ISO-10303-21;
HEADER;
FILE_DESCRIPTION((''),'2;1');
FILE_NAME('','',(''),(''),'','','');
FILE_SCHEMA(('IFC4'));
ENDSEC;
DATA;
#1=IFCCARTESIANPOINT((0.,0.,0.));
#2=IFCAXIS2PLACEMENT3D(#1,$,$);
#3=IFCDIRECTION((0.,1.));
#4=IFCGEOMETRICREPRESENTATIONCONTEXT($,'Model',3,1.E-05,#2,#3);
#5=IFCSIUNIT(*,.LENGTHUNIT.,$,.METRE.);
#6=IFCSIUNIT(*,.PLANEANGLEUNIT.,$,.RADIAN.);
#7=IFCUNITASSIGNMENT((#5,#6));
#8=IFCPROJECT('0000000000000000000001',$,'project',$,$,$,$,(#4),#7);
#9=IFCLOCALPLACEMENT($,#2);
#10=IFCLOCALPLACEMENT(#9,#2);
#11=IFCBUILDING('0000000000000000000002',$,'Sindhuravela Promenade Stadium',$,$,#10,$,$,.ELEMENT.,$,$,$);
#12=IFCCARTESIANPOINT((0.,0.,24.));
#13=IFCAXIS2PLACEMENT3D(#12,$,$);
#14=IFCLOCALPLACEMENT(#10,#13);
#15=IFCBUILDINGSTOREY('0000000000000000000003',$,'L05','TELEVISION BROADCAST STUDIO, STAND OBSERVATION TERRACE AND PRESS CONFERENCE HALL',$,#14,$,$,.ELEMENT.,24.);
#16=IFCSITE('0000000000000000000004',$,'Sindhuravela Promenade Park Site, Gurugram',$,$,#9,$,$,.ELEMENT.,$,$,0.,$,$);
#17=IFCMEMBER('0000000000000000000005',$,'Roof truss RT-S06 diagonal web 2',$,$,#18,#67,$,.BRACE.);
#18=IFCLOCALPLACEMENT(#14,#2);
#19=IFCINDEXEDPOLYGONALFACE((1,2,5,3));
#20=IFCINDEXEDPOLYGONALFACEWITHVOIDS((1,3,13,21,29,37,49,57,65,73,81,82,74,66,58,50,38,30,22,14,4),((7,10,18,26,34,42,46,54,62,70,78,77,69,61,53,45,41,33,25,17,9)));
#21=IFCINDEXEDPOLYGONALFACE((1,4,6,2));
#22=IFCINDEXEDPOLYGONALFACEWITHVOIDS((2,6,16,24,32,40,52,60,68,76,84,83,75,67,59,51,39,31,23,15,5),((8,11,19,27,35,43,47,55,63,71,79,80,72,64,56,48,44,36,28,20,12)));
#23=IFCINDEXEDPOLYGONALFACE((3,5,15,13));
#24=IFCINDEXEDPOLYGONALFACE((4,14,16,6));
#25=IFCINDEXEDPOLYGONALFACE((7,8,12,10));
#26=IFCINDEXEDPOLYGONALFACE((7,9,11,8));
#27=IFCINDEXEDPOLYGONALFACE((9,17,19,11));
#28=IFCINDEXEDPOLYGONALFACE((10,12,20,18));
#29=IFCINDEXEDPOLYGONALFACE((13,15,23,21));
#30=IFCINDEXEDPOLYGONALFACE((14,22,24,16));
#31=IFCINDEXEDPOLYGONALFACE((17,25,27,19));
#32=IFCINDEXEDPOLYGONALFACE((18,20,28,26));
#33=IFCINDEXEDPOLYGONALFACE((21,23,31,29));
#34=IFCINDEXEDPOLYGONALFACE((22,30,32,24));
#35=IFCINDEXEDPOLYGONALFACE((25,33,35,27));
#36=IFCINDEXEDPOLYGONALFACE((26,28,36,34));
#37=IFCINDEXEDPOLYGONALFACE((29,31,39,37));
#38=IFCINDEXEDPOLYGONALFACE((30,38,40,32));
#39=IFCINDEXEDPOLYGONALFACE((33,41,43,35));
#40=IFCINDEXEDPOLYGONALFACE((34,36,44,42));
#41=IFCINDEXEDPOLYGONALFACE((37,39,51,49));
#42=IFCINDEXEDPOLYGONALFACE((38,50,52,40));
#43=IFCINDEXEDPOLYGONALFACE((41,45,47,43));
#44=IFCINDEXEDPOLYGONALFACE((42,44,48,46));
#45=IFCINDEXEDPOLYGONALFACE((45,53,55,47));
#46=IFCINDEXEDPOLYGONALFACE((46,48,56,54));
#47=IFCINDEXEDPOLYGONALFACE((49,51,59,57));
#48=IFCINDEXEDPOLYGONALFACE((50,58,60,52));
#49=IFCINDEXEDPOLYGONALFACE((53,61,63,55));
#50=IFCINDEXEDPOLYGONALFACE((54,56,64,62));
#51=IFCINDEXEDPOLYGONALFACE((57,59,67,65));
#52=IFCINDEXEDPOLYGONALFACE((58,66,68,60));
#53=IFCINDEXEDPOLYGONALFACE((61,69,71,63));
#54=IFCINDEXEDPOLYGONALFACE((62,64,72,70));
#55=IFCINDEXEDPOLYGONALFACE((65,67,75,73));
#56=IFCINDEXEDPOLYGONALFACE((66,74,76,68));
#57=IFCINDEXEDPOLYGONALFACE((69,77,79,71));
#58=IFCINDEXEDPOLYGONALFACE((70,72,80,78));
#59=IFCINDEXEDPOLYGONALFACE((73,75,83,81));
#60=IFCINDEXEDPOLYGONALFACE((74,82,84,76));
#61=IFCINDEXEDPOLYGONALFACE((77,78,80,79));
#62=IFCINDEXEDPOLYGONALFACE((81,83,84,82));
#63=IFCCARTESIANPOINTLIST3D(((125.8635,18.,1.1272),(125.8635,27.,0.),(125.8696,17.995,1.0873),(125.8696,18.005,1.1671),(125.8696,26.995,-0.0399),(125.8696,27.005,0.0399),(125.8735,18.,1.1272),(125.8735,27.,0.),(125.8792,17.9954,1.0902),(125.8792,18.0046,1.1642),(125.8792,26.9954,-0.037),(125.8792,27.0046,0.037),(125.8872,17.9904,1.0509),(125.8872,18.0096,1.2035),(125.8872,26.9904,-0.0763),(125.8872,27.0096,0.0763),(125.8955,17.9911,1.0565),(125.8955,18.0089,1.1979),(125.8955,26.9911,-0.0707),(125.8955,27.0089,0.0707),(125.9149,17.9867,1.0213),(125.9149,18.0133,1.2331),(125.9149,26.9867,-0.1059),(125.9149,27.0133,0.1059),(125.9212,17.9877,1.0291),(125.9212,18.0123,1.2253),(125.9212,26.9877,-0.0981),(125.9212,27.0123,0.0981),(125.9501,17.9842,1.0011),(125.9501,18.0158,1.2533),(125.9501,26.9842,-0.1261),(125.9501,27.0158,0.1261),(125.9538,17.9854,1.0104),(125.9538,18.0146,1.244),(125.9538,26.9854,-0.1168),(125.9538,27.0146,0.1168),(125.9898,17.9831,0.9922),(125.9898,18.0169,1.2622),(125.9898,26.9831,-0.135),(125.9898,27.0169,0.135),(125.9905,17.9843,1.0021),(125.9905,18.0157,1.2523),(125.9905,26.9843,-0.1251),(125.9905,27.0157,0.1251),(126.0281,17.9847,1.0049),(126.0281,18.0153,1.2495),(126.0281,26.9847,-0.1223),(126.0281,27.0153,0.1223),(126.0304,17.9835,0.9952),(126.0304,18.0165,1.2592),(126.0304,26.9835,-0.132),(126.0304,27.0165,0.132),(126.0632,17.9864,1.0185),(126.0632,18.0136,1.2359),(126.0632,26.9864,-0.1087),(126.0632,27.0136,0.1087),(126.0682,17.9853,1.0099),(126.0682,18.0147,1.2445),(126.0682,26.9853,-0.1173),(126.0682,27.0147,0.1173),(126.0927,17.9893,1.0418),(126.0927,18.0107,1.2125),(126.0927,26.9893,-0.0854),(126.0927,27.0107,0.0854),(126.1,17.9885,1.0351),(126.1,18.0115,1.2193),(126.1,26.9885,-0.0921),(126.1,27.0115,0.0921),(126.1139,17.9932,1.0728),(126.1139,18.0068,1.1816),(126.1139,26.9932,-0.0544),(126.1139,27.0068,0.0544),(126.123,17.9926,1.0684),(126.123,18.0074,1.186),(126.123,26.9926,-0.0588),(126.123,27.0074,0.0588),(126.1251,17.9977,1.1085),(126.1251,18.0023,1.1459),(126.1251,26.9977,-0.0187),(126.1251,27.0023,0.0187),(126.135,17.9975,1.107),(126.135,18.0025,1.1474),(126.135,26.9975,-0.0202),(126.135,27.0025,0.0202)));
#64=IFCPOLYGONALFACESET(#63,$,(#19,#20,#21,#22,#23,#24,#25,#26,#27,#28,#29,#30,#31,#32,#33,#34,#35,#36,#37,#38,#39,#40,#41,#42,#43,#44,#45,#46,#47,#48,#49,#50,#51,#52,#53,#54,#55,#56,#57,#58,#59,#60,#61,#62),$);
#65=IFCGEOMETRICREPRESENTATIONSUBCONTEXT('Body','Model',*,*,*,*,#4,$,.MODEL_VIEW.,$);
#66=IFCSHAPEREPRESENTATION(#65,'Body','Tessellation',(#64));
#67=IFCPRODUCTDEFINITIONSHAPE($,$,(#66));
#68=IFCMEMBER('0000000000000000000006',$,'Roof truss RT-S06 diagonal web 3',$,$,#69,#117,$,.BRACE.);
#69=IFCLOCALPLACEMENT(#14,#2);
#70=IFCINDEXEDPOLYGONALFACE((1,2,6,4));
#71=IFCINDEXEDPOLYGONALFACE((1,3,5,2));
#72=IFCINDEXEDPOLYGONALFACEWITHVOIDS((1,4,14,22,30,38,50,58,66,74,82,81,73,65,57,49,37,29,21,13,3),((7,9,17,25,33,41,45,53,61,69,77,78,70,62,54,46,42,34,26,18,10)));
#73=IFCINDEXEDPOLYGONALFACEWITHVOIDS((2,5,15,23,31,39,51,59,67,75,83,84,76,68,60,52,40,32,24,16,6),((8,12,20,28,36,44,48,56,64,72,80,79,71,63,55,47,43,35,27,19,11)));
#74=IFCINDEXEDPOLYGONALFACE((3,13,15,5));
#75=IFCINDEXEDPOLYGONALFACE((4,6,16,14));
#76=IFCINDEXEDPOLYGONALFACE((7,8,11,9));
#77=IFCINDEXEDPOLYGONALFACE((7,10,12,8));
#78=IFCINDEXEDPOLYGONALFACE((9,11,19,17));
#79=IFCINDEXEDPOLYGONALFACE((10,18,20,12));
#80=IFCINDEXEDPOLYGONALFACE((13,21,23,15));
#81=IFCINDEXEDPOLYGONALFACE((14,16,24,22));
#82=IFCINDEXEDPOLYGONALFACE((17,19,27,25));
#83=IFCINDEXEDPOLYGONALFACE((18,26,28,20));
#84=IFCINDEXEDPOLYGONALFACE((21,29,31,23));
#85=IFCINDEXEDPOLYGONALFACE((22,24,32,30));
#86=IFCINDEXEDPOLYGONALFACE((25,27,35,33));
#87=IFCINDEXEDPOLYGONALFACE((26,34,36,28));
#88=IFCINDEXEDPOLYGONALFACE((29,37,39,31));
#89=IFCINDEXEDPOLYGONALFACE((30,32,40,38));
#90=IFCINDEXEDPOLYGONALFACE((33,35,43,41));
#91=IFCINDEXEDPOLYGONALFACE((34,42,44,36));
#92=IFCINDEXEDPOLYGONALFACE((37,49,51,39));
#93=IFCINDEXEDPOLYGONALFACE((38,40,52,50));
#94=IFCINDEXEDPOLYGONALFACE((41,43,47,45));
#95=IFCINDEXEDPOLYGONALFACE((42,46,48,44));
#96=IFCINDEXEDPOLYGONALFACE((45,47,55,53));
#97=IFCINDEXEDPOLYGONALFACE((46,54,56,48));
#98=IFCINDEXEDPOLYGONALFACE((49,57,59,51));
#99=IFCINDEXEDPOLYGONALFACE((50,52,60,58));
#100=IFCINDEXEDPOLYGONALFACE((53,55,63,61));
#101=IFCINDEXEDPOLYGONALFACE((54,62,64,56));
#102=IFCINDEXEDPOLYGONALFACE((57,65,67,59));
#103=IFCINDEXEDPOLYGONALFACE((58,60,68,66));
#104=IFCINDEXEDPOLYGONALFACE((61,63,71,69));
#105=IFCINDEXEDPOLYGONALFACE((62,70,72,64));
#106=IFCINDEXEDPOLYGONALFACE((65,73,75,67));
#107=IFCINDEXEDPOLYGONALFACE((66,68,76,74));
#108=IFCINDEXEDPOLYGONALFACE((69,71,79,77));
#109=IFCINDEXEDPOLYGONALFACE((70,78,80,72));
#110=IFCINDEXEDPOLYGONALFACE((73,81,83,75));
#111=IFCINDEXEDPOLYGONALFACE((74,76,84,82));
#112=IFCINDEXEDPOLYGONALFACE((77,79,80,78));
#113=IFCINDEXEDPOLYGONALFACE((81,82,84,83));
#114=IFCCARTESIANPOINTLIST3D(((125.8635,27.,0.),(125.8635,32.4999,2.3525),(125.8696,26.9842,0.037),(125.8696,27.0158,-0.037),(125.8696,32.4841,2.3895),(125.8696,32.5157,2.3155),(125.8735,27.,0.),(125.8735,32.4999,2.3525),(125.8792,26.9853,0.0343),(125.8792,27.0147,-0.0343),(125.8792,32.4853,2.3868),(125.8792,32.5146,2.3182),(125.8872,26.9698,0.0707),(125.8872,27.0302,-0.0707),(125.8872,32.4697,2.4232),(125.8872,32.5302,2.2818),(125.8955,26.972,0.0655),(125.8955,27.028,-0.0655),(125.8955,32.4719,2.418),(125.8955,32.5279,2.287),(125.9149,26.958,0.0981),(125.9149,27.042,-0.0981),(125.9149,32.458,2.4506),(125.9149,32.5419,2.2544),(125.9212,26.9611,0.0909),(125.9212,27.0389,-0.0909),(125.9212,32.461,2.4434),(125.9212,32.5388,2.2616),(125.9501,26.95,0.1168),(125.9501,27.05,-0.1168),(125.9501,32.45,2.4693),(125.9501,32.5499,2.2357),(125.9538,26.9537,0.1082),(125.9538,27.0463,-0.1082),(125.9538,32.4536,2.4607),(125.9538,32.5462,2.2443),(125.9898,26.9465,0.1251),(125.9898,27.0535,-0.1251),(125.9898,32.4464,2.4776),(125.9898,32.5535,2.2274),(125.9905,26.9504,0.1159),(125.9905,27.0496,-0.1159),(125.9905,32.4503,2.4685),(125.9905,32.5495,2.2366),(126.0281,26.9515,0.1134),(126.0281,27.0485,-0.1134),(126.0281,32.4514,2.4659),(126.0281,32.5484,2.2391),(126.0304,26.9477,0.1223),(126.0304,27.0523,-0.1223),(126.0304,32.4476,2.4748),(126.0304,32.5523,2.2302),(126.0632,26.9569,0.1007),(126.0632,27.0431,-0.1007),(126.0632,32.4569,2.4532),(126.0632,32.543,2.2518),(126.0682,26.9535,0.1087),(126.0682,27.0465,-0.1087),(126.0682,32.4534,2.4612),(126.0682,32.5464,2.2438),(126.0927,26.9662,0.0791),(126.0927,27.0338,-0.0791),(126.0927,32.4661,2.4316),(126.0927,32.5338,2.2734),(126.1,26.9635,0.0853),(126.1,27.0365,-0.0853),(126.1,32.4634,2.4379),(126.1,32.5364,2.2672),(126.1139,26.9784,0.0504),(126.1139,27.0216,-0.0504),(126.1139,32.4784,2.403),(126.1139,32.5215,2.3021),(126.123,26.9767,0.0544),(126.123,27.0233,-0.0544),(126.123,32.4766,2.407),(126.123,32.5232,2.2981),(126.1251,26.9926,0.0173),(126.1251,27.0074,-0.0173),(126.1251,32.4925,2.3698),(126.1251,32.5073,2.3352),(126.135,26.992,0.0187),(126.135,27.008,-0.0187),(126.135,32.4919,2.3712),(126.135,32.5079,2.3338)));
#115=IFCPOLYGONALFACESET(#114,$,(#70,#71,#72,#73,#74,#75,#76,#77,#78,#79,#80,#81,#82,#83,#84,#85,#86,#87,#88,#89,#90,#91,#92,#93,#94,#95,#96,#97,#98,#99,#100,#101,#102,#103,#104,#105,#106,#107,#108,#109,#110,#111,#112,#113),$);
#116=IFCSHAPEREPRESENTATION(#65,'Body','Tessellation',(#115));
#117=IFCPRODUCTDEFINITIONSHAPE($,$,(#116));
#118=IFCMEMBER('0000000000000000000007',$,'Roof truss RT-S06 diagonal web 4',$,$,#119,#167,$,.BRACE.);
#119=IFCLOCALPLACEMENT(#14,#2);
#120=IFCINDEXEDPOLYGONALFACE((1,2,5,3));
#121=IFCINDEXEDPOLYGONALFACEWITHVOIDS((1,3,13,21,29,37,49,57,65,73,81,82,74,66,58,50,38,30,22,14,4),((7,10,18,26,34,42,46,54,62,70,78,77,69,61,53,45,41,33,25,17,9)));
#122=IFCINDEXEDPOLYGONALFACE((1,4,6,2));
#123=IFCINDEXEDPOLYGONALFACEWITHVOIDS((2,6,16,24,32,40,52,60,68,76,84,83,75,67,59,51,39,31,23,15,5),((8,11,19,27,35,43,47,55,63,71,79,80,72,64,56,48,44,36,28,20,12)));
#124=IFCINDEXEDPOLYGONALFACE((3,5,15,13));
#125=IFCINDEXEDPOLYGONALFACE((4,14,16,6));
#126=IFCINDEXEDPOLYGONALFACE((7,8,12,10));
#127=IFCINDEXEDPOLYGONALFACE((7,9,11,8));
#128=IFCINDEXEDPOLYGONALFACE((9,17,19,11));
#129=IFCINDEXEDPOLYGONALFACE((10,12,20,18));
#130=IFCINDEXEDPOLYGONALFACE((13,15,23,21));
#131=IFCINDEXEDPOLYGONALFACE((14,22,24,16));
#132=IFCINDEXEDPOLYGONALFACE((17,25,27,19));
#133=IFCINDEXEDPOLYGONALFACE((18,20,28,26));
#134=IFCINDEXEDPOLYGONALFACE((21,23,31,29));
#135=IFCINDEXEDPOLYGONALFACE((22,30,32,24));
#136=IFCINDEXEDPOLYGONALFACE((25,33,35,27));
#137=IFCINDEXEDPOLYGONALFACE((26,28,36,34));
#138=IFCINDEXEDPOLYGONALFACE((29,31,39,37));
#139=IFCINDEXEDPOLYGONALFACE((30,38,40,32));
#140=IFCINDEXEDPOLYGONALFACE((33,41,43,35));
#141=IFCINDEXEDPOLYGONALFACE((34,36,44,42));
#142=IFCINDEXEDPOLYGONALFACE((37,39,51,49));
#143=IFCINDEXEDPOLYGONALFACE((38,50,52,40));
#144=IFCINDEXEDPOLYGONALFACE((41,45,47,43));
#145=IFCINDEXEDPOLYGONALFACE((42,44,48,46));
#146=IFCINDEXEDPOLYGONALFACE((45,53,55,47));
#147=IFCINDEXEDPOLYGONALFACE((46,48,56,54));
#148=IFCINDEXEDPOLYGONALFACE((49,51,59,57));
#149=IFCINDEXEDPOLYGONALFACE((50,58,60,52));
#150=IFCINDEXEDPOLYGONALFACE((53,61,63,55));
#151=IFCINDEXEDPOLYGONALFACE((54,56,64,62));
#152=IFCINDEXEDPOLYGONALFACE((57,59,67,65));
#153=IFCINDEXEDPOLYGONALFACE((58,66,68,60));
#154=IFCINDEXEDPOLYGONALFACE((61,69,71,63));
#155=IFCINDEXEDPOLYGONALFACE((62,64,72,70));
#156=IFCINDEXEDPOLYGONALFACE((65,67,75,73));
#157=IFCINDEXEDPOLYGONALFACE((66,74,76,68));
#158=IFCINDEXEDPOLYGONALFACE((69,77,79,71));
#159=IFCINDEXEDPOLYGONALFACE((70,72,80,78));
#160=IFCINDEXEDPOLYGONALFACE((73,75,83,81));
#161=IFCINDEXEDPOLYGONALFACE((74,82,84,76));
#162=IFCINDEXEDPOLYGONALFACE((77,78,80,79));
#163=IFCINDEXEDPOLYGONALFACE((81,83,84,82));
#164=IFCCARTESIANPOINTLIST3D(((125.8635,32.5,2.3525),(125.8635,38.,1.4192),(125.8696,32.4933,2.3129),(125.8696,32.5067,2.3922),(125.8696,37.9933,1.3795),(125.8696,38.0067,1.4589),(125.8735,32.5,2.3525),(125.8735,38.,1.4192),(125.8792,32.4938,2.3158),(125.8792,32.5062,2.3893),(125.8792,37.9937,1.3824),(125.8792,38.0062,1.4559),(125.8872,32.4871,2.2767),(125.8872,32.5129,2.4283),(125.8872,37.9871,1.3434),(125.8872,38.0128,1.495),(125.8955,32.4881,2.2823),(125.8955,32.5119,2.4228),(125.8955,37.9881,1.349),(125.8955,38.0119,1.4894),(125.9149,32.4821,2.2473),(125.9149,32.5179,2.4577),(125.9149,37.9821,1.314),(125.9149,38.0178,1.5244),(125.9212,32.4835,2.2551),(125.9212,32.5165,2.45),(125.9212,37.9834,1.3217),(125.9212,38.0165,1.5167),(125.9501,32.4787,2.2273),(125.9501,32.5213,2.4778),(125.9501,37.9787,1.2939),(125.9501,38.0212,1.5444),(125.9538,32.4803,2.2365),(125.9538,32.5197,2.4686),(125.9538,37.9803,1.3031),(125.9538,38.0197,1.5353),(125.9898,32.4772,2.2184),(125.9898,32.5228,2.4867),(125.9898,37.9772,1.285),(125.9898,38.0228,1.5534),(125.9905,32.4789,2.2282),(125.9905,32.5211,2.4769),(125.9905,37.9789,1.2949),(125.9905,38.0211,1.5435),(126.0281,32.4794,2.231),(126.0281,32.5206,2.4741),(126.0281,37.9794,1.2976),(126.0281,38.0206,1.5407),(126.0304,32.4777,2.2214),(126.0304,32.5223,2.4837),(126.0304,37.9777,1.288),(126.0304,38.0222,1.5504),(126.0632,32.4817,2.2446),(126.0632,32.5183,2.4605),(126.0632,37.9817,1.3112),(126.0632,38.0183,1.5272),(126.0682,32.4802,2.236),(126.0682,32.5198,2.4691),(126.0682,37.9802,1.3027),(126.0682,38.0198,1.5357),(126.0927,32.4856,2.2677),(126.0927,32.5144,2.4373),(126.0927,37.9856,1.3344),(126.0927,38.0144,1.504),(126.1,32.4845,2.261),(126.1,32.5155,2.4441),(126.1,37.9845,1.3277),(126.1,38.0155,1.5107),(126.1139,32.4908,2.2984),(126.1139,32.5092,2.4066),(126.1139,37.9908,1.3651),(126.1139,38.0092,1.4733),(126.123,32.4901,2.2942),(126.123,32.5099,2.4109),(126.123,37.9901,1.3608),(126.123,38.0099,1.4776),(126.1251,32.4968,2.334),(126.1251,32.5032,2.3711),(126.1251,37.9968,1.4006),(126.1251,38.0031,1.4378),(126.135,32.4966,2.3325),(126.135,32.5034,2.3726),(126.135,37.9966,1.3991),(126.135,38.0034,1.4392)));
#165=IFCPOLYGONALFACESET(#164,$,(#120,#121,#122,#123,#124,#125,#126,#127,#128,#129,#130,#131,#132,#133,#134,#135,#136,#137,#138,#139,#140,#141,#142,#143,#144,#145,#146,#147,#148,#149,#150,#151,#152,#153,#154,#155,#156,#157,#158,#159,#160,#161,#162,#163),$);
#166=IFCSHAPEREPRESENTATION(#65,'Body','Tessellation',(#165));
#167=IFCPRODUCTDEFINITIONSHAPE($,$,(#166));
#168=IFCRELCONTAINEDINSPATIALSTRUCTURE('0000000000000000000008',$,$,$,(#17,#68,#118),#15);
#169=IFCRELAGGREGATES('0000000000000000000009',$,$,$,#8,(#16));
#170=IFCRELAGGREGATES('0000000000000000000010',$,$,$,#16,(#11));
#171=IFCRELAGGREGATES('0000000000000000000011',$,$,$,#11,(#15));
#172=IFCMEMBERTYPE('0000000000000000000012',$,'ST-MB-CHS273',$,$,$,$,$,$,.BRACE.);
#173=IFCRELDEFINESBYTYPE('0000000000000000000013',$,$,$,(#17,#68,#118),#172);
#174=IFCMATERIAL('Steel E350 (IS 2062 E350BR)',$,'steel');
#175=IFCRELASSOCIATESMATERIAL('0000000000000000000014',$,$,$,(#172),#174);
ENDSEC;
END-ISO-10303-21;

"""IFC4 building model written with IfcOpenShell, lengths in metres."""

from ifc_helpers import new_model, si_unit, direction, frame, origin, origin_2d, place, context, subcontext, project, spatial, hollow_circle, extrude, material, material_profile, profile_set, type_object, element, save


model = new_model("IFC4")

# Units and contexts
model_context = context("Model", 3, precision=1e-05, world=origin(), true_north=direction((0.0, 1.0)))
body_context = subcontext(model_context, "Body", "Model", "MODEL_VIEW")
ifc_project = project(units=[si_unit("LENGTHUNIT", "METRE"), si_unit("PLANEANGLEUNIT", "RADIAN")], contexts=[model_context])

# Site, building, storey
site_placement = place(None, origin())
site = spatial("IfcSite", under=ifc_project, at=site_placement, Name="Sindhuravela Promenade Park Site, Gurugram", CompositionType="ELEMENT", RefElevation=0.0)
building_placement = place(site_placement, origin())
building = spatial("IfcBuilding", under=site, at=building_placement, Name="Sindhuravela Promenade Stadium", CompositionType="ELEMENT")
storey_placement = place(building_placement, frame((0.0, 0.0, 24.0)))
storey = spatial("IfcBuildingStorey", under=building, at=storey_placement, Name="L05", Description="TELEVISION BROADCAST STUDIO, STAND OBSERVATION TERRACE AND PRESS CONFERENCE HALL", CompositionType="ELEMENT", Elevation=24.0)

# Shared definitions
ifc_material_1 = material(Name="Steel E350 (IS 2062 E350BR)", Category="steel")

# Members
ifc_material_profile_1 = material_profile(ifc_material_1, hollow_circle(Radius=0.1365, WallThickness=0.01, at=origin_2d()), Name="CHS 273.0x10")
ifc_profile_set_1 = profile_set([ifc_material_profile_1], Name="Steel E350 (IS 2062 E350BR)")
member_type_1 = type_object("IfcMemberType", Name="ST-MB-CHS273", PredefinedType="BRACE", material=ifc_profile_set_1)
for number, where, z_axis, x_axis, name in (
    (1, (126.0, 18.0, 1.1272), (0.0, 0.992248, -0.124273), (-1.0, 0.0, 0.0), "Roof truss RT-S06 diagonal web 2"),
):
    element("IfcMember", number, at=place(storey_placement, frame(where, z_axis=z_axis, x_axis=x_axis)), inside=storey, type_object=member_type_1, Name=name, PredefinedType="BRACE", context=body_context, shape_type="SweptSolid", body=[
        extrude(hollow_circle(Radius=0.1365, WallThickness=0.01, at=origin_2d()), origin(), (0.0, 0.0, 1.0), 9.0703),
    ])
member_1_placement = place(storey_placement, frame((126.0, 27.0, 0.0), z_axis=(0.0, 0.919423, 0.393269), x_axis=(-1.0, 0.0, 0.0)))
element("IfcMember", 2, at=member_1_placement, inside=storey, type_object=member_type_1, Name="Roof truss RT-S06 diagonal web 3", PredefinedType="BRACE", context=body_context, shape_type="SweptSolid", body=[
    extrude(hollow_circle(Radius=0.1365, WallThickness=0.01, at=origin_2d()), origin(), (0.0, 0.0, 1.0), 5.9819),
])
member_2_placement = place(storey_placement, frame((126.0, 32.5, 2.3525), z_axis=(0.0, 0.985905, -0.167308), x_axis=(-1.0, 0.0, 0.0)))
element("IfcMember", 3, at=member_2_placement, inside=storey, type_object=member_type_1, Name="Roof truss RT-S06 diagonal web 4", PredefinedType="BRACE", context=body_context, shape_type="SweptSolid", body=[
    extrude(hollow_circle(Radius=0.1365, WallThickness=0.01, at=origin_2d()), origin(), (0.0, 0.0, 1.0), 5.5786),
])

save(model, "model.ifc")
